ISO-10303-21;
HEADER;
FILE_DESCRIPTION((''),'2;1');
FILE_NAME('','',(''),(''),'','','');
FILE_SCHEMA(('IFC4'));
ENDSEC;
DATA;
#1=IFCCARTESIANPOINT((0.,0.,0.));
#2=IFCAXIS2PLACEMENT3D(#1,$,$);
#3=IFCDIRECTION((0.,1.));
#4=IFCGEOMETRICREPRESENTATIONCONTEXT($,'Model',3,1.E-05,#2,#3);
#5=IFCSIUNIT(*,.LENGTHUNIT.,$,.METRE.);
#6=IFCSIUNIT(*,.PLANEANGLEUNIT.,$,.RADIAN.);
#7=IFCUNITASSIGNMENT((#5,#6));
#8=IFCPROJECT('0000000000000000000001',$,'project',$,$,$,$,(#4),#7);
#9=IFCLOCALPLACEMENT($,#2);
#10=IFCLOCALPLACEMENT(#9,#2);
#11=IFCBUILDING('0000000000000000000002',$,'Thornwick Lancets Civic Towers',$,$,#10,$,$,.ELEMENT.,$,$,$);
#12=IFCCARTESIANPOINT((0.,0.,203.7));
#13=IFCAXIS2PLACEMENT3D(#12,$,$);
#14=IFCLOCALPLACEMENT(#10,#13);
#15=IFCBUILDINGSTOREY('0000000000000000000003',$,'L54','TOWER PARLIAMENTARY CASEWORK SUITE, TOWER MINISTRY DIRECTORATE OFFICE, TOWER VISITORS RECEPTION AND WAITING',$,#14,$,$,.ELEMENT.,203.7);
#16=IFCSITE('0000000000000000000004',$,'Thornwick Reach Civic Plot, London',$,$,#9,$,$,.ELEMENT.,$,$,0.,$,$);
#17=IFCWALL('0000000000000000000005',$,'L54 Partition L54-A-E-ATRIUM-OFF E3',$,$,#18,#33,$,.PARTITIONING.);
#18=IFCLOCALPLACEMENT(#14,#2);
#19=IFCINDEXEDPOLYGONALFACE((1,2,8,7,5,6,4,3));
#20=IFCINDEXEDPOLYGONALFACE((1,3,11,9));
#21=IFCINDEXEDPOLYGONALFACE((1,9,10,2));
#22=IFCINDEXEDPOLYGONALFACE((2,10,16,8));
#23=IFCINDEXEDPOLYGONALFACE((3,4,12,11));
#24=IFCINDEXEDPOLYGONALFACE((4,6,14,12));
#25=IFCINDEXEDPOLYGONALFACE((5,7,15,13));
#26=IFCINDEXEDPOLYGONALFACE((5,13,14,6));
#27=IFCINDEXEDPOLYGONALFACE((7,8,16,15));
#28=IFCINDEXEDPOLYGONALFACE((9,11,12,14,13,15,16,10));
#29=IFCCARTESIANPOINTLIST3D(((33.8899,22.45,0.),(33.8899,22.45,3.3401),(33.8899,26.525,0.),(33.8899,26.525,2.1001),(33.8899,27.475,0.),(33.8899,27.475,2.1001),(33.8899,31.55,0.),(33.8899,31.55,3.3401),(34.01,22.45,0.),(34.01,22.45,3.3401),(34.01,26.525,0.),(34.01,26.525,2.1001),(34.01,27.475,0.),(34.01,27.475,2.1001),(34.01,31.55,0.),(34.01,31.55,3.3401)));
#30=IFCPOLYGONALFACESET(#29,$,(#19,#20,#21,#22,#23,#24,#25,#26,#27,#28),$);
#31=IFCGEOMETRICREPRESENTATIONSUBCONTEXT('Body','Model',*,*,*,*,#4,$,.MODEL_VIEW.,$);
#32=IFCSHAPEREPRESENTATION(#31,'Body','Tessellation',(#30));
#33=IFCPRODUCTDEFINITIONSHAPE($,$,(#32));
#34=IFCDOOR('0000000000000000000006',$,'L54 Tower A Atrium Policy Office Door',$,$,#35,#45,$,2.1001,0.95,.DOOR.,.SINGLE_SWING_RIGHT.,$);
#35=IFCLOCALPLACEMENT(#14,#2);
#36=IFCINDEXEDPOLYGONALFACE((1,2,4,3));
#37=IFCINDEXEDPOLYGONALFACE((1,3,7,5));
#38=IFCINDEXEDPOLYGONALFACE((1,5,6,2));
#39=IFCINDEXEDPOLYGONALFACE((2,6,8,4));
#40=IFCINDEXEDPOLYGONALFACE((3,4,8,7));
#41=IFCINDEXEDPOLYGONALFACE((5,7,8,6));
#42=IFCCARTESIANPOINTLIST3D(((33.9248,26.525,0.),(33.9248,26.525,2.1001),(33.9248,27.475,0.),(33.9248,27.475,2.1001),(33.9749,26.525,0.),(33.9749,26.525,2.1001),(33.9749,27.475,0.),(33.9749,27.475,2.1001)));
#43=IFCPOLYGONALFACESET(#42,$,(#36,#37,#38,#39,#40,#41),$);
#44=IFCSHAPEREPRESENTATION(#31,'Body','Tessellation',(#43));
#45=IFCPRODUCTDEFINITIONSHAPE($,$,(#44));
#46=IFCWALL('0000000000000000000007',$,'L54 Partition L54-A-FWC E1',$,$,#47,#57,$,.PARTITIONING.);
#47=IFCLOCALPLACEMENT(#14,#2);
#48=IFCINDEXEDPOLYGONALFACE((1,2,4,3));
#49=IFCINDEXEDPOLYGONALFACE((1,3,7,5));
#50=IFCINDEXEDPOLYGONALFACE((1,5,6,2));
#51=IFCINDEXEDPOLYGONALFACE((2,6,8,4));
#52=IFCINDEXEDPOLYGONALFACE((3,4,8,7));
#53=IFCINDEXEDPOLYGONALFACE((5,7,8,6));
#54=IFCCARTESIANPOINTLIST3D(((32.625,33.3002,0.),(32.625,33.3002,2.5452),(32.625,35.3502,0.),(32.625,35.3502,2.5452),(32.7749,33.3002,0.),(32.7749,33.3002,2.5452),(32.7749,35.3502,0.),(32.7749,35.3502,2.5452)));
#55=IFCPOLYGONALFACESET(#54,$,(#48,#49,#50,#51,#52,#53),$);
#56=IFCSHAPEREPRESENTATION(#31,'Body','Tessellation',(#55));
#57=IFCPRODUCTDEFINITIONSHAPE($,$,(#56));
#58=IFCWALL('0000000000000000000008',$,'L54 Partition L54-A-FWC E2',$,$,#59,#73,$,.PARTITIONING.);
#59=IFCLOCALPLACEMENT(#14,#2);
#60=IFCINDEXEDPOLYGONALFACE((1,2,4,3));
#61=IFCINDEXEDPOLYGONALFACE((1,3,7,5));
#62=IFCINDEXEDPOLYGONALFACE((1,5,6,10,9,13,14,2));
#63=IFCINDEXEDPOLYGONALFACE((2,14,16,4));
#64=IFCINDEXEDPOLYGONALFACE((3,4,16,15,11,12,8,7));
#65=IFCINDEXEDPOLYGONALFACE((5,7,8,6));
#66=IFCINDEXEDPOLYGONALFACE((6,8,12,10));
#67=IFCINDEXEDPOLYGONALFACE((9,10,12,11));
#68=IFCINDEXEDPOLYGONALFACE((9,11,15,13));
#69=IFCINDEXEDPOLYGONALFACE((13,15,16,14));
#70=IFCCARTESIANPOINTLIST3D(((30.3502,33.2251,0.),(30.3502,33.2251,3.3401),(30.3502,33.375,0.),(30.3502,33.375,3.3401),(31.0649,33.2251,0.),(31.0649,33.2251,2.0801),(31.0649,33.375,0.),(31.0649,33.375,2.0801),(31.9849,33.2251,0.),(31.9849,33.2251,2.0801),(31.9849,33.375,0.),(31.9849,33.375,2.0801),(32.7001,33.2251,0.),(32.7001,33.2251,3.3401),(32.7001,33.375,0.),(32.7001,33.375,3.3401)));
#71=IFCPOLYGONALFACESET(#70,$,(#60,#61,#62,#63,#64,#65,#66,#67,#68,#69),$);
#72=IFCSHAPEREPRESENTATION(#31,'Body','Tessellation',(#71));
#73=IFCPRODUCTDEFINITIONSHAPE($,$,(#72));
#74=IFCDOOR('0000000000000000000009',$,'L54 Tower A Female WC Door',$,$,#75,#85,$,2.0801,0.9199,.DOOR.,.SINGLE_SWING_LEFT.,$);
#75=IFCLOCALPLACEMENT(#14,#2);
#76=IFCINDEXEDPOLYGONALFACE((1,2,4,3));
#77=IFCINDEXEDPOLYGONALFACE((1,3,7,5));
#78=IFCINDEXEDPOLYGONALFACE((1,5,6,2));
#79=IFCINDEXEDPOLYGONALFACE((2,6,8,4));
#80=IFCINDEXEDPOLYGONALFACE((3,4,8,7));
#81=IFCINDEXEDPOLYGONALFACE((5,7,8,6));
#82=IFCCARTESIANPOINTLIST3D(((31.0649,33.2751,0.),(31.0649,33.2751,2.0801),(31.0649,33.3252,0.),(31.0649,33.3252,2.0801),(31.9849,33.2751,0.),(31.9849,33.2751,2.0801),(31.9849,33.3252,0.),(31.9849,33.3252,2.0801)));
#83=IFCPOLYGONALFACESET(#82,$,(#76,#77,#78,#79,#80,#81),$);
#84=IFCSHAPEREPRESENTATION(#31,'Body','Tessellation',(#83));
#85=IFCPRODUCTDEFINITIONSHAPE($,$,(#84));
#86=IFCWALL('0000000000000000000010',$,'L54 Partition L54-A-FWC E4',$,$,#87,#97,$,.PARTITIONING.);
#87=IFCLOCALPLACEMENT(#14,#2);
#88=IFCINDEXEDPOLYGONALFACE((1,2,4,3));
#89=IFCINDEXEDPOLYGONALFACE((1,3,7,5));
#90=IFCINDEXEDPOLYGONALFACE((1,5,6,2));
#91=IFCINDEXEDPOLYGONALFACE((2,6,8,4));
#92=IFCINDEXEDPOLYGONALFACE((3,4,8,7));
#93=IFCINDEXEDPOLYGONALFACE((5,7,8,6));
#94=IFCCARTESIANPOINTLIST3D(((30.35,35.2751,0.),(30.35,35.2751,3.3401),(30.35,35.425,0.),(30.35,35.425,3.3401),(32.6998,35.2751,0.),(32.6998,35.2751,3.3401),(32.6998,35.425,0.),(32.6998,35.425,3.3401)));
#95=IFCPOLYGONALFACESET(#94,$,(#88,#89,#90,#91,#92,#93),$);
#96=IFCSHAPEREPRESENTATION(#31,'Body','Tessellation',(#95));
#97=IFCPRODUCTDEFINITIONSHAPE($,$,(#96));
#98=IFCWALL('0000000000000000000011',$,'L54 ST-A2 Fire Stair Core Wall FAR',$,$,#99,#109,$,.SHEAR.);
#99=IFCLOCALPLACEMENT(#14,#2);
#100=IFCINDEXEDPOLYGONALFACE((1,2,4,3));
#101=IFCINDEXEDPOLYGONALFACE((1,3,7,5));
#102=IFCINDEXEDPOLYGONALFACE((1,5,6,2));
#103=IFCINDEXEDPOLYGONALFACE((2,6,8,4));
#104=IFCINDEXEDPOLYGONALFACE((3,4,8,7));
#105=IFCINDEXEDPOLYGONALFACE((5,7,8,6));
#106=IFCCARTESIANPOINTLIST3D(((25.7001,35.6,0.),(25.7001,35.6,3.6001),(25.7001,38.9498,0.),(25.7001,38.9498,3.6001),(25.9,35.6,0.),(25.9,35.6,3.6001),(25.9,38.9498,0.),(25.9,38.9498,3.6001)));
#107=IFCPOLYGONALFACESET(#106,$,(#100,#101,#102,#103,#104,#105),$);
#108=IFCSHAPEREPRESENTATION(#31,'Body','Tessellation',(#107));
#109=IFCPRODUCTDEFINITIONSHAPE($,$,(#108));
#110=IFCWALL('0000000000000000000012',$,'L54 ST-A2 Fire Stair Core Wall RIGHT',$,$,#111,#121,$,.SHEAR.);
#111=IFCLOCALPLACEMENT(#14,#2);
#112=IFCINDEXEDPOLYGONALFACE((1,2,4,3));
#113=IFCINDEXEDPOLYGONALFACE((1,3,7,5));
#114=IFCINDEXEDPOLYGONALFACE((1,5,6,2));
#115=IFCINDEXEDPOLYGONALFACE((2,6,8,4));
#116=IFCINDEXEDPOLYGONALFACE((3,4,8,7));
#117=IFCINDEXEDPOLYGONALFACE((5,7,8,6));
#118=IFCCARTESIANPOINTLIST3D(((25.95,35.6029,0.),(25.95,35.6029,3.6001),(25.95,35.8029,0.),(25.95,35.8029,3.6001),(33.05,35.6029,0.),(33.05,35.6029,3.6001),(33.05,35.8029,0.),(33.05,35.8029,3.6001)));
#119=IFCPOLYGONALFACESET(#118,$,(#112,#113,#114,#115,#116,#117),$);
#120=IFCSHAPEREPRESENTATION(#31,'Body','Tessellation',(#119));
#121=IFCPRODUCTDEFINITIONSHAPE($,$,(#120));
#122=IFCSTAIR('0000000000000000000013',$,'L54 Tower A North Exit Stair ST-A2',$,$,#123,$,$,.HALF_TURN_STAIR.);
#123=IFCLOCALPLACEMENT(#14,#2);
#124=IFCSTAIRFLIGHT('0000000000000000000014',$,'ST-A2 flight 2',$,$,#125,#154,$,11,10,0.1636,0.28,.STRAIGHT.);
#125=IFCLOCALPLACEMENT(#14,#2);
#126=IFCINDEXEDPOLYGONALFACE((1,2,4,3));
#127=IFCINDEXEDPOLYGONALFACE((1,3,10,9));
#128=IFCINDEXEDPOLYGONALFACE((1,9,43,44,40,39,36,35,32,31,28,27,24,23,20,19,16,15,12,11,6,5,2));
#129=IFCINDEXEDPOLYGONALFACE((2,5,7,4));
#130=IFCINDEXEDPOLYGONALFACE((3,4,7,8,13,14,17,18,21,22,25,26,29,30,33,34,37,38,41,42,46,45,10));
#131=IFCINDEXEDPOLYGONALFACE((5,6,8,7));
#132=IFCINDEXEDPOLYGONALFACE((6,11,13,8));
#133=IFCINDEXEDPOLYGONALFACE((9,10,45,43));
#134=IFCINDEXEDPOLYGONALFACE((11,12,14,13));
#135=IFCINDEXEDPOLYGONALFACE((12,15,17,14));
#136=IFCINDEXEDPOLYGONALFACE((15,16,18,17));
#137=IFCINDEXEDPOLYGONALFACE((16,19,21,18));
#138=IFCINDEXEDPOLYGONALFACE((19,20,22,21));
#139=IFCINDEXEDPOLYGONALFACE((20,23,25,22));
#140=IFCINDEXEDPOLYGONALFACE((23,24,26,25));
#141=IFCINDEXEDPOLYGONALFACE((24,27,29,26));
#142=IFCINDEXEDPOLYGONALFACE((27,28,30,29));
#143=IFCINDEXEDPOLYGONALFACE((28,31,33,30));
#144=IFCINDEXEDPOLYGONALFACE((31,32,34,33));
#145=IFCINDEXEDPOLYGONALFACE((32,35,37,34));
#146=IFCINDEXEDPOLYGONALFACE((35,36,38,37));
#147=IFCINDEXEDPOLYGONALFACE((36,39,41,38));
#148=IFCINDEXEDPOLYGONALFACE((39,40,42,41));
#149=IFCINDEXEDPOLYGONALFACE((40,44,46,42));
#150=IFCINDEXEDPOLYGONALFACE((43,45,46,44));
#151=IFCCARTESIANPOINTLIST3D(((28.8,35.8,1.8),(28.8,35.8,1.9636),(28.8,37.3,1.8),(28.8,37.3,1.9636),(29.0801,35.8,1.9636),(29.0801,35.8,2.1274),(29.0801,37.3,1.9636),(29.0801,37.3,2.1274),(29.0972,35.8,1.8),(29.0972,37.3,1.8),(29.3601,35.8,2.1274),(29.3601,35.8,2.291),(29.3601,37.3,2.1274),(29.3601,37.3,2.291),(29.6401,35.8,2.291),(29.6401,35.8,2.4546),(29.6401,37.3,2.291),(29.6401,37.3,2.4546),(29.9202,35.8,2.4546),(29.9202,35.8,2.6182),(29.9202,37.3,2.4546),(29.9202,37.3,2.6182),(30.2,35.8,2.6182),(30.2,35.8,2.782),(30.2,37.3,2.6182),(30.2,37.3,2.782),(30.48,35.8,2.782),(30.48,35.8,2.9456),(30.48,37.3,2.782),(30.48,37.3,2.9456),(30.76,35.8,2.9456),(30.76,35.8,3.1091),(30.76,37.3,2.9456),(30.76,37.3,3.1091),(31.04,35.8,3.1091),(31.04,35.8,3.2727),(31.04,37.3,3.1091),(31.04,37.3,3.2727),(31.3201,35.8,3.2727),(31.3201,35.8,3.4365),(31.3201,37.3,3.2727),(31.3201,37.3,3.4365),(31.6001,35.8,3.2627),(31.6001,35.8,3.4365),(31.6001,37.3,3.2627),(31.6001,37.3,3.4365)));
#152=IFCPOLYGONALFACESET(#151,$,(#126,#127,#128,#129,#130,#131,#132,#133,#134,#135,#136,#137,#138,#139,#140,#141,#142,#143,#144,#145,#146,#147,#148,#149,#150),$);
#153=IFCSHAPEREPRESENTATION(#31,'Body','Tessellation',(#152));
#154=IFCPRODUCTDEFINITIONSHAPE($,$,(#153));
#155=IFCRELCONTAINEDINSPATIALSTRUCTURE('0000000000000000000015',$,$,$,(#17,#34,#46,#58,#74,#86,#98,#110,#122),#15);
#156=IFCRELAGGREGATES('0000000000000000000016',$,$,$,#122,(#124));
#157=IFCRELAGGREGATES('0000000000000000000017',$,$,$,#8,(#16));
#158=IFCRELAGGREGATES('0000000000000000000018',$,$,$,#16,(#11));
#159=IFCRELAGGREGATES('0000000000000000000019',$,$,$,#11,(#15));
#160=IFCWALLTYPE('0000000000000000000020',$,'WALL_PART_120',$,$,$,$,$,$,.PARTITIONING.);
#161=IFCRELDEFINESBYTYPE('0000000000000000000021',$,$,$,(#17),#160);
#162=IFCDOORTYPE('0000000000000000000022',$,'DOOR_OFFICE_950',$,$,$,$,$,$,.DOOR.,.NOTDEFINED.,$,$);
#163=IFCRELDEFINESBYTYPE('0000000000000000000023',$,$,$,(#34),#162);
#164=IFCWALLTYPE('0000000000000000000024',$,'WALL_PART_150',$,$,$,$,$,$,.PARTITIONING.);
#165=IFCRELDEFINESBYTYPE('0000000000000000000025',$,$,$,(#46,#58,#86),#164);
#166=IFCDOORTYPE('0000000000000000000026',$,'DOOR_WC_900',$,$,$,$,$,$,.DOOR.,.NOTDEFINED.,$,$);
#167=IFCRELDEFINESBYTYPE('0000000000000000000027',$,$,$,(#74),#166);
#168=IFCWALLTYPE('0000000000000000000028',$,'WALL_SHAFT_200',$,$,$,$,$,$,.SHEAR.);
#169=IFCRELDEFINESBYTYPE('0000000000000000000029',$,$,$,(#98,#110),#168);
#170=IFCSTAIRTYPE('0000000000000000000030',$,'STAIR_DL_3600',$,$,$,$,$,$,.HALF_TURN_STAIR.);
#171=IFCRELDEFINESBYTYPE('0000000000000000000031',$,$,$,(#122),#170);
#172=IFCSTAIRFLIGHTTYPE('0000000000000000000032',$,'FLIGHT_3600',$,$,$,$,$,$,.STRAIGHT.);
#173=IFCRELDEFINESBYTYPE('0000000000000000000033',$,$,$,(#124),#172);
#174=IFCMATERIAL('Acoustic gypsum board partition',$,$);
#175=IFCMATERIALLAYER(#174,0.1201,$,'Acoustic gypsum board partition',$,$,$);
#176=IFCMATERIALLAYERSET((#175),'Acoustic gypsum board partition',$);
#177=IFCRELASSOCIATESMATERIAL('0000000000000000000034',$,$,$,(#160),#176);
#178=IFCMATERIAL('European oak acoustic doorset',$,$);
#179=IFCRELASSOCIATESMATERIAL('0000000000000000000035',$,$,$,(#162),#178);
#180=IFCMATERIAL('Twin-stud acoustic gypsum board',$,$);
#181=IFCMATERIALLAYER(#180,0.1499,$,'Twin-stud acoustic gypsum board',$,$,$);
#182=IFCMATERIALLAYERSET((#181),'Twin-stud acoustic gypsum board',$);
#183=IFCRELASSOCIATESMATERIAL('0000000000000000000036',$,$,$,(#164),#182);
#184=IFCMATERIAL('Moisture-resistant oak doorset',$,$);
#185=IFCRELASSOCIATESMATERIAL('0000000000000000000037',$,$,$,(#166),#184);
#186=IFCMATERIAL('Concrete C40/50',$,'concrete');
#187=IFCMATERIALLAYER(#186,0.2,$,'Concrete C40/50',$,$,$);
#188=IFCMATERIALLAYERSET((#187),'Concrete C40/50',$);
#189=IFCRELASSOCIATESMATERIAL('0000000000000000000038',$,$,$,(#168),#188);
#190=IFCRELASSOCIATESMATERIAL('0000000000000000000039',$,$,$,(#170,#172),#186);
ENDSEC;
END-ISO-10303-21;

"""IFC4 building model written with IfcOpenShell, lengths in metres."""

from ifc_helpers import new_model, si_unit, direction, frame, frame_2d, origin, place, context, subcontext, project, spatial, polyline, rectangle, outline, extrude, material, layer, layer_set, type_object, element, fill, aggregate, save


model = new_model("IFC4")

# Units and contexts
model_context = context("Model", 3, precision=1e-05, world=origin(), true_north=direction((0.0, 1.0)))
body_context = subcontext(model_context, "Body", "Model", "MODEL_VIEW")
ifc_project = project(units=[si_unit("LENGTHUNIT", "METRE"), si_unit("PLANEANGLEUNIT", "RADIAN")], contexts=[model_context])

# Site, building, storey
site_placement = place(None, origin())
site = spatial("IfcSite", under=ifc_project, at=site_placement, Name="Thornwick Reach Civic Plot, London", CompositionType="ELEMENT", RefElevation=0.0)
building_placement = place(site_placement, origin())
building = spatial("IfcBuilding", under=site, at=building_placement, Name="Thornwick Lancets Civic Towers", CompositionType="ELEMENT")
storey_placement = place(building_placement, frame((0.0, 0.0, 203.7)))
storey = spatial("IfcBuildingStorey", under=building, at=storey_placement, Name="L54", Description="TOWER PARLIAMENTARY CASEWORK SUITE, TOWER MINISTRY DIRECTORATE OFFICE, TOWER VISITORS RECEPTION AND WAITING", CompositionType="ELEMENT", Elevation=203.7)

# Shared definitions
ifc_material_1 = material(Name="Acoustic gypsum board partition")
ifc_layer_1 = layer(ifc_material_1, 0.1201, Name="Acoustic gypsum board partition")
ifc_layer_set_1 = layer_set([ifc_layer_1], Name="Acoustic gypsum board partition")
wall_type_1 = type_object("IfcWallType", Name="WALL_PART_120", PredefinedType="PARTITIONING", material=ifc_layer_set_1)

# Wall, opening, door
wall_1_placement = place(storey_placement, frame((33.95, 31.55, 0.0), z_axis=(0.0, 0.0, 1.0), x_axis=(0.0, -1.0, 0.0)))
wall_1 = element("IfcWall", 1, at=wall_1_placement, inside=storey, type_object=wall_type_1, Name="L54 Partition L54-A-E-ATRIUM-OFF E3", PredefinedType="PARTITIONING", context=body_context, shape_type="SweptSolid", body=[
    extrude(rectangle(XDim=9.1001, YDim=0.1201, at=frame_2d((4.55, 0.0))), origin(), (0.0, 0.0, 1.0), 3.3401),
])
opening_1_placement = place(wall_1_placement, frame((4.075, 0.0, 0.0)))
opening_1 = element("IfcOpeningElement", 2, at=opening_1_placement, cuts=wall_1, PredefinedType="OPENING", context=body_context, shape_type="SweptSolid", body=[
    extrude(rectangle(XDim=0.95, YDim=2.1001, at=frame_2d((0.4751, 1.05))), frame((0.0, 0.0701, 0.0), z_axis=(0.0, -1.0, 0.0), x_axis=(1.0, 0.0, 0.0)), (0.0, 0.0, 1.0), 0.1401),
])
ifc_material_2 = material(Name="European oak acoustic doorset")
door_type_1 = type_object("IfcDoorType", Name="DOOR_OFFICE_950", OperationType="NOTDEFINED", PredefinedType="DOOR", material=ifc_material_2)
door_1_placement = place(opening_1_placement, origin())
door_1 = element("IfcDoor", 3, at=door_1_placement, inside=storey, type_object=door_type_1, Name="L54 Tower A Atrium Policy Office Door", OperationType="SINGLE_SWING_RIGHT", OverallHeight=2.1001, OverallWidth=0.95, PredefinedType="DOOR", context=body_context, shape_type="SweptSolid", body=[
    extrude(rectangle(XDim=0.95, YDim=2.1001, at=frame_2d((0.4751, 1.05))), frame((0.0, 0.0249, 0.0), z_axis=(0.0, -1.0, 0.0), x_axis=(1.0, 0.0, 0.0)), (0.0, 0.0, 1.0), 0.05),
])
fill(opening_1, door_1)

# Wall
ifc_material_3 = material(Name="Twin-stud acoustic gypsum board")
ifc_layer_2 = layer(ifc_material_3, 0.1499, Name="Twin-stud acoustic gypsum board")
ifc_layer_set_2 = layer_set([ifc_layer_2], Name="Twin-stud acoustic gypsum board")
wall_type_2 = type_object("IfcWallType", Name="WALL_PART_150", PredefinedType="PARTITIONING", material=ifc_layer_set_2)
wall_2_placement = place(storey_placement, frame((32.7, 35.3501, 0.0), z_axis=(0.0, 0.0, 1.0), x_axis=(0.0, -1.0, 0.0)))
element("IfcWall", 4, at=wall_2_placement, inside=storey, type_object=wall_type_2, Name="L54 Partition L54-A-FWC E1", PredefinedType="PARTITIONING", context=body_context, shape_type="SweptSolid", body=[
    extrude(rectangle(XDim=2.05, YDim=0.1499, at=frame_2d((1.0249, 0.0))), origin(), (0.0, 0.0, 1.0), 2.5452),
])

# Wall, opening, door
wall_3_placement = place(storey_placement, frame((32.7, 33.3, 0.0), z_axis=(0.0, 0.0, 1.0), x_axis=(-1.0, 0.0, 0.0)))
wall_3 = element("IfcWall", 5, at=wall_3_placement, inside=storey, type_object=wall_type_2, Name="L54 Partition L54-A-FWC E2", PredefinedType="PARTITIONING", context=body_context, shape_type="SweptSolid", body=[
    extrude(rectangle(XDim=2.3499, YDim=0.1499, at=frame_2d((1.1748, 0.0))), origin(), (0.0, 0.0, 1.0), 3.3401),
])
opening_2_placement = place(wall_3_placement, frame((0.7151, 0.0, 0.0)))
opening_2 = element("IfcOpeningElement", 6, at=opening_2_placement, cuts=wall_3, PredefinedType="OPENING", context=body_context, shape_type="SweptSolid", body=[
    extrude(rectangle(XDim=0.9199, YDim=2.0801, at=frame_2d((0.46, 1.04))), frame((0.0, 0.085, 0.0), z_axis=(0.0, -1.0, 0.0), x_axis=(1.0, 0.0, 0.0)), (0.0, 0.0, 1.0), 0.1699),
])
ifc_material_4 = material(Name="Moisture-resistant oak doorset")
door_type_2 = type_object("IfcDoorType", Name="DOOR_WC_900", OperationType="NOTDEFINED", PredefinedType="DOOR", material=ifc_material_4)
door_2_placement = place(opening_2_placement, origin())
door_2 = element("IfcDoor", 7, at=door_2_placement, inside=storey, type_object=door_type_2, Name="L54 Tower A Female WC Door", OperationType="SINGLE_SWING_LEFT", OverallHeight=2.0801, OverallWidth=0.9199, PredefinedType="DOOR", context=body_context, shape_type="SweptSolid", body=[
    extrude(rectangle(XDim=0.9199, YDim=2.0801, at=frame_2d((0.46, 1.04))), frame((0.0, 0.0249, 0.0), z_axis=(0.0, -1.0, 0.0), x_axis=(1.0, 0.0, 0.0)), (0.0, 0.0, 1.0), 0.05),
])
fill(opening_2, door_2)

# Walls
wall_4_placement = place(storey_placement, frame((30.3501, 35.3501, 0.0), z_axis=(0.0, 0.0, 1.0), x_axis=(1.0, 0.0, 0.0)))
element("IfcWall", 8, at=wall_4_placement, inside=storey, type_object=wall_type_2, Name="L54 Partition L54-A-FWC E4", PredefinedType="PARTITIONING", context=body_context, shape_type="SweptSolid", body=[
    extrude(rectangle(XDim=2.3499, YDim=0.1499, at=frame_2d((1.1748, 0.0))), origin(), (0.0, 0.0, 1.0), 3.3401),
])
ifc_material_5 = material(Name="Concrete C40/50", Category="concrete")
ifc_layer_3 = layer(ifc_material_5, 0.2, Name="Concrete C40/50")
ifc_layer_set_3 = layer_set([ifc_layer_3], Name="Concrete C40/50")
wall_type_3 = type_object("IfcWallType", Name="WALL_SHAFT_200", PredefinedType="SHEAR", material=ifc_layer_set_3)
wall_5_placement = place(storey_placement, frame((25.8, 35.6001, 0.0), z_axis=(0.0, 0.0, 1.0), x_axis=(0.0, 1.0, 0.0)))
element("IfcWall", 9, at=wall_5_placement, inside=storey, type_object=wall_type_3, Name="L54 ST-A2 Fire Stair Core Wall FAR", PredefinedType="SHEAR", context=body_context, shape_type="SweptSolid", body=[
    extrude(rectangle(XDim=3.3499, YDim=0.2, at=frame_2d((1.6748, 0.0))), origin(), (0.0, 0.0, 1.0), 3.6001),
])
wall_6_placement = place(storey_placement, frame((25.95, 35.7029, 0.0), z_axis=(0.0, 0.0, 1.0), x_axis=(1.0, 0.0, 0.0)))
element("IfcWall", 10, at=wall_6_placement, inside=storey, type_object=wall_type_3, Name="L54 ST-A2 Fire Stair Core Wall RIGHT", PredefinedType="SHEAR", context=body_context, shape_type="SweptSolid", body=[
    extrude(rectangle(XDim=7.1001, YDim=0.2, at=frame_2d((3.55, 0.0))), origin(), (0.0, 0.0, 1.0), 3.6001),
])

# Stair, stair flight
stair_type = type_object("IfcStairType", Name="STAIR_DL_3600", PredefinedType="HALF_TURN_STAIR", material=ifc_material_5)
stair_placement = place(storey_placement, origin())
stair = element("IfcStair", 11, at=stair_placement, inside=storey, type_object=stair_type, Name="L54 Tower A North Exit Stair ST-A2", PredefinedType="HALF_TURN_STAIR")
stair_flight_type = type_object("IfcStairFlightType", Name="FLIGHT_3600", PredefinedType="STRAIGHT", material=ifc_material_5)
stair_flight_placement = place(storey_placement, frame((28.8, 36.55, 1.8), z_axis=(0.0, 0.0, 1.0), x_axis=(1.0, 0.0, 0.0)))
stair_flight = element("IfcStairFlight", 12, at=stair_flight_placement, type_object=stair_flight_type, Name="ST-A2 flight 2", NumberOfRisers=11, NumberOfTreads=10, PredefinedType="STRAIGHT", RiserHeight=0.1636, TreadLength=0.28, context=body_context, shape_type="SweptSolid", body=[
    extrude(outline(polyline([(0.0, 0.0), (0.0, 0.1636), (0.28, 0.1636), (0.28, 0.3274), (0.5601, 0.3274), (0.5601, 0.491), (0.8401, 0.491), (0.8401, 0.6545), (1.1201, 0.6545), (1.1201, 0.8181), (1.3999, 0.8181), (1.3999, 0.9819), (1.6799, 0.9819), (1.6799, 1.1455), (1.96, 1.1455), (1.96, 1.3091), (2.24, 1.3091), (2.24, 1.4727), (2.52, 1.4727), (2.52, 1.6365), (2.8, 1.6365), (2.8, 1.8), (2.8, 1.4626), (0.2971, 0.0), (0.0, 0.0)])), frame((0.0, 0.75, 0.0), z_axis=(0.0, -1.0, 0.0), x_axis=(1.0, 0.0, 0.0)), (0.0, 0.0, 1.0), 1.5),
])
aggregate(stair, [stair_flight])

save(model, "model.ifc")
